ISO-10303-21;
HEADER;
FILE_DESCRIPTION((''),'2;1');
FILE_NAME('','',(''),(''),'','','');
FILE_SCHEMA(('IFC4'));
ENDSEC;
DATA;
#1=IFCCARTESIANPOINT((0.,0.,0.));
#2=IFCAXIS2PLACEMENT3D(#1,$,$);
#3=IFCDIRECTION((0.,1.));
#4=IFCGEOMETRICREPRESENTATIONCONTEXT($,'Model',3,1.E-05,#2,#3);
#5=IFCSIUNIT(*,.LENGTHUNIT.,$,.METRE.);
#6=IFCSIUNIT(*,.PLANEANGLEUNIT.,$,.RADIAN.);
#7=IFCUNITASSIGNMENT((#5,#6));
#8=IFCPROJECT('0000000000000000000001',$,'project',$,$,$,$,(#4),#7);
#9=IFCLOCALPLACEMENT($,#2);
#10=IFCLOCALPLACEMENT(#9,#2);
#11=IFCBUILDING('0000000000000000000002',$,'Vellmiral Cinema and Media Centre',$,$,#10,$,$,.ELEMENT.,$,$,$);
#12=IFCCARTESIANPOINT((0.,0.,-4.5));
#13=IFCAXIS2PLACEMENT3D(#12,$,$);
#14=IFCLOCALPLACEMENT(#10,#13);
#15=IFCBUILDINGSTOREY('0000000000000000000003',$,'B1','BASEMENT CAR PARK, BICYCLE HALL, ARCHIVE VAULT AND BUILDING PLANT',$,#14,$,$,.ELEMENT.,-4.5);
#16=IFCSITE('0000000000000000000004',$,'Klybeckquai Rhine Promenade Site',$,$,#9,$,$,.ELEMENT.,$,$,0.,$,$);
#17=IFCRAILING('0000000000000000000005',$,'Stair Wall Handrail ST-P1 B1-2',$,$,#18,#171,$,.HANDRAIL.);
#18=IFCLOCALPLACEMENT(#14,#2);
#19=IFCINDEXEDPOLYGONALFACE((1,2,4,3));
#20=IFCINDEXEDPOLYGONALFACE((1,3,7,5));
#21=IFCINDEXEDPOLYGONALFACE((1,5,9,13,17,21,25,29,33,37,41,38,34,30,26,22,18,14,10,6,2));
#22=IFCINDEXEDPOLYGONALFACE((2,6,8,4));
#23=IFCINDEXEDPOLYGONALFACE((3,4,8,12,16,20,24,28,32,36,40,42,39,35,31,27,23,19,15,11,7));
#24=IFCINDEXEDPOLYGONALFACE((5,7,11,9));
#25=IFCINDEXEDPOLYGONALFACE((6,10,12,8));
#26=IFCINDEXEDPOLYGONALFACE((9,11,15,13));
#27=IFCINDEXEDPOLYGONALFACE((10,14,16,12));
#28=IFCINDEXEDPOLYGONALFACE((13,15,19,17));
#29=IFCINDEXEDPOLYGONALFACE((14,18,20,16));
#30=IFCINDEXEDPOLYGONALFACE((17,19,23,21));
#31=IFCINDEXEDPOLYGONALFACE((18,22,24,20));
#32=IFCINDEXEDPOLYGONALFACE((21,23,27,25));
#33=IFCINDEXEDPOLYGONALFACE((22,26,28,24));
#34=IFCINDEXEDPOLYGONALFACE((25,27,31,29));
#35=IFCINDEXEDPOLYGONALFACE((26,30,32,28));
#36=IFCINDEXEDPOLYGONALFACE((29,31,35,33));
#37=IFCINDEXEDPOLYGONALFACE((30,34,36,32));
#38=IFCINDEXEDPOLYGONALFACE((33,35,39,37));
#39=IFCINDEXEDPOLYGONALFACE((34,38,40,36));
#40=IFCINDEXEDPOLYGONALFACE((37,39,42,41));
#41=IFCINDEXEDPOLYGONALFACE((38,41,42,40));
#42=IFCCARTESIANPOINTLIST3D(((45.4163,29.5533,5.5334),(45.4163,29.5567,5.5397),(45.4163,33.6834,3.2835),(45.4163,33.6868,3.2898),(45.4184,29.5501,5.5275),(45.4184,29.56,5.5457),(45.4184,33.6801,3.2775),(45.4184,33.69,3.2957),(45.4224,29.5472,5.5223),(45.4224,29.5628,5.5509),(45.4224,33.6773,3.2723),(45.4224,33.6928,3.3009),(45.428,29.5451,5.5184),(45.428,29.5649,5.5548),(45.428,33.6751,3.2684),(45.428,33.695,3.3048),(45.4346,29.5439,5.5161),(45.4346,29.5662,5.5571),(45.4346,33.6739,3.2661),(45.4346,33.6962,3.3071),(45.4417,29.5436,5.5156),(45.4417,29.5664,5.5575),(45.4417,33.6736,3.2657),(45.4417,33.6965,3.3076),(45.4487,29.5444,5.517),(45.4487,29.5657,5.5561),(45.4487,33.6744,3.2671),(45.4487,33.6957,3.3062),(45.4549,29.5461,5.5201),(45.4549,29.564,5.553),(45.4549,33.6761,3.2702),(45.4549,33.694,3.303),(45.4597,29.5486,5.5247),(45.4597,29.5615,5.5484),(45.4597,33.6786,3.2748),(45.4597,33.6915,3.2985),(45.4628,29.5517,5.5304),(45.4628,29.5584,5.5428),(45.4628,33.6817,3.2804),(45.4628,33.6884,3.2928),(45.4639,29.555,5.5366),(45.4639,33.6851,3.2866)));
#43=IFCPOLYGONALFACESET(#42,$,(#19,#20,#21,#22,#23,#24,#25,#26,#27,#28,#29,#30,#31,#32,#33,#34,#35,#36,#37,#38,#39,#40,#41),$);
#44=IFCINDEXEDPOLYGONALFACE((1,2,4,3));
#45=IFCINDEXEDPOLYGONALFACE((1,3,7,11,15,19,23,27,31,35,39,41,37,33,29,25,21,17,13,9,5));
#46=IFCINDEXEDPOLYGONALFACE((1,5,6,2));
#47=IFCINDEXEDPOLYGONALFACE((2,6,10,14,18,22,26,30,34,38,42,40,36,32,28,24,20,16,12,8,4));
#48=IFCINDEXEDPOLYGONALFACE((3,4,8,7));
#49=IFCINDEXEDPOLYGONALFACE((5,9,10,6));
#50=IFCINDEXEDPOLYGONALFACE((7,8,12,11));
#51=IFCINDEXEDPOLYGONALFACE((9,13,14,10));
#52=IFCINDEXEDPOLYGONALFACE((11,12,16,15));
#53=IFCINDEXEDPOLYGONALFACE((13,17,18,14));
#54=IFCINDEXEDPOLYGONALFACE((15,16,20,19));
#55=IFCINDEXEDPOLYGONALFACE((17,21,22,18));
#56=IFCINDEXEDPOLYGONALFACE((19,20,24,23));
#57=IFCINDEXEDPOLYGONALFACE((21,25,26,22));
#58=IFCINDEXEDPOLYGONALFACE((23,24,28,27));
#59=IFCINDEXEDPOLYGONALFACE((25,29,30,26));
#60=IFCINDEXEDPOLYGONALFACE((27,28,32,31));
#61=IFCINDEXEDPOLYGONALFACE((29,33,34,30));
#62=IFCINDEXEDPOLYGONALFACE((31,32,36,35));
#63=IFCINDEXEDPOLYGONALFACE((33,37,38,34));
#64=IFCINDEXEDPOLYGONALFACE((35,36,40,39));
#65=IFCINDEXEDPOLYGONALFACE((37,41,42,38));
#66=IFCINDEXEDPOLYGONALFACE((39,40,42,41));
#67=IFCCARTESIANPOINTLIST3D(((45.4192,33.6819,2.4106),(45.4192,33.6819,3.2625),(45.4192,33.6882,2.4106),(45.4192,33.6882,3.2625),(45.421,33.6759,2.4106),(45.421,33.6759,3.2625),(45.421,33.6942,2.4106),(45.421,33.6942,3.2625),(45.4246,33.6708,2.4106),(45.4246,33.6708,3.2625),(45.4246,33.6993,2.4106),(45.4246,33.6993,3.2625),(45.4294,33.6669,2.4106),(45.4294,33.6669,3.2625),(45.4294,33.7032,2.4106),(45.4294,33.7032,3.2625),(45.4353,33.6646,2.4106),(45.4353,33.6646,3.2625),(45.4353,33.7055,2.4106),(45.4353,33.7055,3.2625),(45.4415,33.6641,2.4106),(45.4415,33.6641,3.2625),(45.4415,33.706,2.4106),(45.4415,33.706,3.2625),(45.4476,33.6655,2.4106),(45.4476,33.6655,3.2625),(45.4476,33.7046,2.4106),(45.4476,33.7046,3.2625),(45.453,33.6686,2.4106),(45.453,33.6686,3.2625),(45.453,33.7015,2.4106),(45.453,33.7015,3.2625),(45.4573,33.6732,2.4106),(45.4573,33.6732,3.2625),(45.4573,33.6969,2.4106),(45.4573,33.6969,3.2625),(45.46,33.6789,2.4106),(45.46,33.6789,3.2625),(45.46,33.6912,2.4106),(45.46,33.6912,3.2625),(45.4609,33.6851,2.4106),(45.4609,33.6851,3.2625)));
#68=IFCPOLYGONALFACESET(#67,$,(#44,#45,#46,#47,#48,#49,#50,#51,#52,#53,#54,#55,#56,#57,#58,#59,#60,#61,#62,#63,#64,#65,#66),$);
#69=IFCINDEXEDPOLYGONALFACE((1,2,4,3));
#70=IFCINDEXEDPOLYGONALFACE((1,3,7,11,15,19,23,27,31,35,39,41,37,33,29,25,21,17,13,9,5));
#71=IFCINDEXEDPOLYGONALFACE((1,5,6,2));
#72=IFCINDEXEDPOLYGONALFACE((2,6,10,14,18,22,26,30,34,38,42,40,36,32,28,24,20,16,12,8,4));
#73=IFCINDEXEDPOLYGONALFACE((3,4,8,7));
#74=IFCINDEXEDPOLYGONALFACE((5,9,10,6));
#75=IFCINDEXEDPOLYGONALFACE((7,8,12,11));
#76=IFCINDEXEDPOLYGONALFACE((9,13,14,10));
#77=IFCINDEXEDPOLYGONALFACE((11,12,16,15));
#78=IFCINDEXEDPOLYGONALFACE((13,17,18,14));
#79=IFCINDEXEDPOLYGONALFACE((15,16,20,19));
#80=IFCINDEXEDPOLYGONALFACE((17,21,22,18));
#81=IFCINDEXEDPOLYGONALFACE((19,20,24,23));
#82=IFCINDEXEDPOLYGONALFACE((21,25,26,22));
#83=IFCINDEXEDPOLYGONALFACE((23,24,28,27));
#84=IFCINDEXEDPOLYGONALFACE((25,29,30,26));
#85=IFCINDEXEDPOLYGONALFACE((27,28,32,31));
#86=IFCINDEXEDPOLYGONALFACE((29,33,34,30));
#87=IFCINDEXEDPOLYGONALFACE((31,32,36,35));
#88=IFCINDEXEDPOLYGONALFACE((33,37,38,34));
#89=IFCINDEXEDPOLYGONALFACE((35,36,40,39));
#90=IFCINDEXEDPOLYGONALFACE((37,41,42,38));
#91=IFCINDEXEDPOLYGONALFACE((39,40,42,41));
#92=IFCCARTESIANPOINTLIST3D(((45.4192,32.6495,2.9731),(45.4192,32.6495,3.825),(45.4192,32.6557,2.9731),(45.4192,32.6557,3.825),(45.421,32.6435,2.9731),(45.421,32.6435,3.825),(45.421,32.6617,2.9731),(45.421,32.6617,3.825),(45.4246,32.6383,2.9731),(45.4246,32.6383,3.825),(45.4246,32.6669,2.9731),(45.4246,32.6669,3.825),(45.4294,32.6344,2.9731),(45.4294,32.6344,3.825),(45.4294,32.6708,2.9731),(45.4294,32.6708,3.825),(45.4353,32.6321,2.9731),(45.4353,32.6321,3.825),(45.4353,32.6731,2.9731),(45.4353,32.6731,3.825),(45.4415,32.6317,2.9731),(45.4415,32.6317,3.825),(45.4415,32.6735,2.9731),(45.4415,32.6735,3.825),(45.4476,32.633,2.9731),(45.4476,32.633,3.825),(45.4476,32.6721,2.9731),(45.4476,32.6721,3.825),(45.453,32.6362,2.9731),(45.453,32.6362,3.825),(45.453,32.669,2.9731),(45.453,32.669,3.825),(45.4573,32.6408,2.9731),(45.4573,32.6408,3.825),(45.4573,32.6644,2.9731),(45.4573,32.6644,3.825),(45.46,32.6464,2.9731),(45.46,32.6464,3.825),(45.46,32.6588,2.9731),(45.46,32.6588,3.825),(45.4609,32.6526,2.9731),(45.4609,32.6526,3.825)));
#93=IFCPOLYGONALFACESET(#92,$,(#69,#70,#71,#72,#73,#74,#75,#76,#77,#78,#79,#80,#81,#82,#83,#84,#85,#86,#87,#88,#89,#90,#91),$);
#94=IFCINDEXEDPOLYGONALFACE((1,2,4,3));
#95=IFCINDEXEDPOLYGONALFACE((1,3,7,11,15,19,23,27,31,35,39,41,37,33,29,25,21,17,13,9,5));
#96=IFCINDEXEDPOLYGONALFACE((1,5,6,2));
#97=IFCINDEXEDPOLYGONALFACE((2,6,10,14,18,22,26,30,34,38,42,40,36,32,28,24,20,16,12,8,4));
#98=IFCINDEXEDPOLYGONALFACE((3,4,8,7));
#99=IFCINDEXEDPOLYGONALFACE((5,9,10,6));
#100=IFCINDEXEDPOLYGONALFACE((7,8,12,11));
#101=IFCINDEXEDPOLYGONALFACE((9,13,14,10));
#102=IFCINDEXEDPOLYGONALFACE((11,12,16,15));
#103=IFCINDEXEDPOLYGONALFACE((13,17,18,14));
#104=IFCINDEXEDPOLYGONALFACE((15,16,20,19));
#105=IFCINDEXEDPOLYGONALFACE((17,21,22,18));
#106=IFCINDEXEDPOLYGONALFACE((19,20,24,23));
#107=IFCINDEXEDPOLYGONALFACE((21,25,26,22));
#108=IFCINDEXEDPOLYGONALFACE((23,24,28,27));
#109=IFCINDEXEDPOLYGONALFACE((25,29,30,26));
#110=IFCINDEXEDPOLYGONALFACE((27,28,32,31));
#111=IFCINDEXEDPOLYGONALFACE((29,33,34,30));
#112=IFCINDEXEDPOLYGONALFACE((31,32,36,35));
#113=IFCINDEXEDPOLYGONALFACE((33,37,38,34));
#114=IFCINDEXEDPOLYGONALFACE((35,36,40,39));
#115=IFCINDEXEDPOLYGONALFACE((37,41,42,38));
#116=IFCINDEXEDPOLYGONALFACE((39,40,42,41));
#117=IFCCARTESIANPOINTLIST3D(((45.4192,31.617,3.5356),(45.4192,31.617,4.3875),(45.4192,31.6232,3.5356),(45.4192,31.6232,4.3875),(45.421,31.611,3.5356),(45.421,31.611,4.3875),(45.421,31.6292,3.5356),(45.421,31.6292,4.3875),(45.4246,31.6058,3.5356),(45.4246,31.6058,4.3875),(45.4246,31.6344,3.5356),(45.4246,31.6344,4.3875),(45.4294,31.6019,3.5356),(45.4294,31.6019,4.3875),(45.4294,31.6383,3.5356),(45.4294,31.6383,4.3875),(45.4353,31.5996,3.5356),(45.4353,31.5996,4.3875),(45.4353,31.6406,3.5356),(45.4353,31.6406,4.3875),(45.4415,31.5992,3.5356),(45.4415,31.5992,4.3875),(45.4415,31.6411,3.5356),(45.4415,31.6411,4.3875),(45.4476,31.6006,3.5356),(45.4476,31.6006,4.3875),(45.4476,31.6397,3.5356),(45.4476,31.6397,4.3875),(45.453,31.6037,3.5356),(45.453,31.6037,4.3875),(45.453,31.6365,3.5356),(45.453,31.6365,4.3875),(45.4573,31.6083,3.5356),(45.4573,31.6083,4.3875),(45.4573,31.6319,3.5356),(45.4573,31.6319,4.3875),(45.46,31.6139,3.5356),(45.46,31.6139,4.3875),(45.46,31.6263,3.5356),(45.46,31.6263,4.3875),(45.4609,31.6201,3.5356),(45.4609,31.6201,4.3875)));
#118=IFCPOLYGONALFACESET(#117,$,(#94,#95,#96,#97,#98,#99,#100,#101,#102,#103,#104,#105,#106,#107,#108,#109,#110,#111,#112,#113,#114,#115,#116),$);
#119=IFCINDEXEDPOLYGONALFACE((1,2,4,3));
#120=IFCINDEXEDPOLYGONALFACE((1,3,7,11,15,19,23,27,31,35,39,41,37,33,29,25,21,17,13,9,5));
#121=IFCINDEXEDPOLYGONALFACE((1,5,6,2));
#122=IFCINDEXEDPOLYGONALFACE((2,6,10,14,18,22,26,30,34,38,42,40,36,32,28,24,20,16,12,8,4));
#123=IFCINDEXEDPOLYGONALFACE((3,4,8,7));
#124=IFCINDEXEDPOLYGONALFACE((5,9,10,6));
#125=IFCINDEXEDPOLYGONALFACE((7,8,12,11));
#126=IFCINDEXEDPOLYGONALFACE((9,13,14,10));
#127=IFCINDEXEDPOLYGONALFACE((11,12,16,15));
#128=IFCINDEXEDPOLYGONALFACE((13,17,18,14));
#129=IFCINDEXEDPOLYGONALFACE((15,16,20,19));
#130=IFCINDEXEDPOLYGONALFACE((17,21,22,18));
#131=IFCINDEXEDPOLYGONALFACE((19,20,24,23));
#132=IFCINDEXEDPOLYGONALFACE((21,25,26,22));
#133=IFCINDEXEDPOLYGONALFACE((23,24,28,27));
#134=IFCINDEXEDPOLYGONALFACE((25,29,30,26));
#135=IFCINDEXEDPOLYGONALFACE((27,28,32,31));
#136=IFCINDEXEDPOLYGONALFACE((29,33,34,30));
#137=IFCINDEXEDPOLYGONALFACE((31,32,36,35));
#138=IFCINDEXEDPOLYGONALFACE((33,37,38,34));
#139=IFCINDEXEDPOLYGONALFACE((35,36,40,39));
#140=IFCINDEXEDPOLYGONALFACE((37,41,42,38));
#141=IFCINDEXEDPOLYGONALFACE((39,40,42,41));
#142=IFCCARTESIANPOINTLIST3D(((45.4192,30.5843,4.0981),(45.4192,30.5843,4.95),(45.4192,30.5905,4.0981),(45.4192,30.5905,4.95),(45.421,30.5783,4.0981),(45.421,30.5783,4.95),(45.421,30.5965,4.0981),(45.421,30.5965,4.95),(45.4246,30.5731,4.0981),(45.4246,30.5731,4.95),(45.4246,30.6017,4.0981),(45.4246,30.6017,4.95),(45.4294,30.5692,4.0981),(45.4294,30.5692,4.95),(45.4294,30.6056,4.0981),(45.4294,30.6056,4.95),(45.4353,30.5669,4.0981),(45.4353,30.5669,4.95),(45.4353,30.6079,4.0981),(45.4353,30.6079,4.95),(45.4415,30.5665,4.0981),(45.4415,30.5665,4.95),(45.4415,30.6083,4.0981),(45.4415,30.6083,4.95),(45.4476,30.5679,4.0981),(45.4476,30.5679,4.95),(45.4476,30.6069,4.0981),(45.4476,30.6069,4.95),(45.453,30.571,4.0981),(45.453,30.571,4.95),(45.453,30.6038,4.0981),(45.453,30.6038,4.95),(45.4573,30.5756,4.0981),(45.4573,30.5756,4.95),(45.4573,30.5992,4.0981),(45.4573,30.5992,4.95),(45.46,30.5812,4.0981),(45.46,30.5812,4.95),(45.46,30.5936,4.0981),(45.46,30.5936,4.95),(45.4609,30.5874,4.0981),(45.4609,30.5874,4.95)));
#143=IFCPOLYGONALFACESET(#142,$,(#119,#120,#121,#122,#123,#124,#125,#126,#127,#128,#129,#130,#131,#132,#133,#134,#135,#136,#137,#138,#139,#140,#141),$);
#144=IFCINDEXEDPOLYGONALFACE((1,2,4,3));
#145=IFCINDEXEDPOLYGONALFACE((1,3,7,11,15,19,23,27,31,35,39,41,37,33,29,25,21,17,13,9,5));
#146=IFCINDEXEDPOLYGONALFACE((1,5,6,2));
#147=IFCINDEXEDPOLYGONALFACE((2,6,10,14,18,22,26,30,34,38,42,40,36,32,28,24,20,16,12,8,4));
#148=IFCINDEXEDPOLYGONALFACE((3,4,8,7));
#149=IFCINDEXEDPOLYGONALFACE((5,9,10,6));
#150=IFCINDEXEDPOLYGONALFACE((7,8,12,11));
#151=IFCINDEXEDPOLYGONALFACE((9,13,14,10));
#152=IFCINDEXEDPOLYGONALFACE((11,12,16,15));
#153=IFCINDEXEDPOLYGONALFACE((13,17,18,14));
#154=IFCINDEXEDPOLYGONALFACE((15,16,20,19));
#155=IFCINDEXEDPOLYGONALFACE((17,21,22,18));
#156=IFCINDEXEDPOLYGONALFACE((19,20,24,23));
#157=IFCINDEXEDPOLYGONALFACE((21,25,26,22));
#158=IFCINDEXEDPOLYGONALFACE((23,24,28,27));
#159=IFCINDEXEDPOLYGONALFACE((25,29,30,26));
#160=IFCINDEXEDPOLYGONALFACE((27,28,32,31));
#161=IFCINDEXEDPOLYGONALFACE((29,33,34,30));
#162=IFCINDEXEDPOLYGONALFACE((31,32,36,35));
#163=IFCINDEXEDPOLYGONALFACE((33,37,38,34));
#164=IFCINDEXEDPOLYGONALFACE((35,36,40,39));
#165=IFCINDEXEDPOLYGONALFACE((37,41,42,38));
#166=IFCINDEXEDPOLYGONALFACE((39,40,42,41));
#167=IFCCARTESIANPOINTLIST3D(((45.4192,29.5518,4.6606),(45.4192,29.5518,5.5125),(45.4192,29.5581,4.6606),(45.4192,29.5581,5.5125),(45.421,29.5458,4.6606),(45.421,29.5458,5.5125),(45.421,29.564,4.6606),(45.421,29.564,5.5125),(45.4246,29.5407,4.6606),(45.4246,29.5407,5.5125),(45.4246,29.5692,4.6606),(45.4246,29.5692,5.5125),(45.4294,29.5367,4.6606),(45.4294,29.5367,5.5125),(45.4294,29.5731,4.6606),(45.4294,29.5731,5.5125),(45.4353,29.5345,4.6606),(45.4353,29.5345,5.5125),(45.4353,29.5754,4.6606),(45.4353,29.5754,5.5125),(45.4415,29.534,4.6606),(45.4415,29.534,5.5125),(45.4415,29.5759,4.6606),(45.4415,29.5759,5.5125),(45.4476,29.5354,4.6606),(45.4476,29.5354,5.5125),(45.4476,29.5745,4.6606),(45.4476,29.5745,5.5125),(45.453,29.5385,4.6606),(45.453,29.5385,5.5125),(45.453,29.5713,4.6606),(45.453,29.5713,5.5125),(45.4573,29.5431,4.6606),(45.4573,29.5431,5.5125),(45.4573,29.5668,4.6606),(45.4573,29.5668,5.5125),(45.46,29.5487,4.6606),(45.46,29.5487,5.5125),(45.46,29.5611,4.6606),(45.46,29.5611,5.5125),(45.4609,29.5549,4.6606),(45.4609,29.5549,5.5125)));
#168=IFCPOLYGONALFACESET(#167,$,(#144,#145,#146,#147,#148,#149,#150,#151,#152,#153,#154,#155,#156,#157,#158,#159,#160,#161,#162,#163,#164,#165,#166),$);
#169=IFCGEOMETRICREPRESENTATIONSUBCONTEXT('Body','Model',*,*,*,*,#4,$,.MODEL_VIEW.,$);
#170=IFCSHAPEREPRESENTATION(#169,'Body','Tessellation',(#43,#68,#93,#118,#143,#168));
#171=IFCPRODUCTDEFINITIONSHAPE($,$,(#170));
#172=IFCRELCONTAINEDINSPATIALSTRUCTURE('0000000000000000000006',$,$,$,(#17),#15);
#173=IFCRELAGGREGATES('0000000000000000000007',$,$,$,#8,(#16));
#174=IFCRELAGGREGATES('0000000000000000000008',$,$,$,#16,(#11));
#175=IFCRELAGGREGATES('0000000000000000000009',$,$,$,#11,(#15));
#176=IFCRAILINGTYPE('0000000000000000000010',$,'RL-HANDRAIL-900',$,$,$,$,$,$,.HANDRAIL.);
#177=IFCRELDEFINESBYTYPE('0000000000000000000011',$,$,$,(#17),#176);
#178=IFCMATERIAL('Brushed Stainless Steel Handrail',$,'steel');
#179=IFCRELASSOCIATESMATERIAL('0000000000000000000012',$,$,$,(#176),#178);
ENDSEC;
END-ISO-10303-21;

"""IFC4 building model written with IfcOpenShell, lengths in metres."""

from ifc_helpers import new_model, si_unit, direction, frame, origin, origin_2d, place, context, subcontext, project, spatial, circle, extrude, material, type_object, element, save


model = new_model("IFC4")

# Units and contexts
model_context = context("Model", 3, precision=1e-05, world=origin(), true_north=direction((0.0, 1.0)))
body_context = subcontext(model_context, "Body", "Model", "MODEL_VIEW")
ifc_project = project(units=[si_unit("LENGTHUNIT", "METRE"), si_unit("PLANEANGLEUNIT", "RADIAN")], contexts=[model_context])

# Site, building, storey
site_placement = place(None, origin())
site = spatial("IfcSite", under=ifc_project, at=site_placement, Name="Klybeckquai Rhine Promenade Site", CompositionType="ELEMENT", RefElevation=0.0)
building_placement = place(site_placement, origin())
building = spatial("IfcBuilding", under=site, at=building_placement, Name="Vellmiral Cinema and Media Centre", CompositionType="ELEMENT")
storey_placement = place(building_placement, frame((0.0, 0.0, -4.5)))
storey = spatial("IfcBuildingStorey", under=building, at=storey_placement, Name="B1", Description="BASEMENT CAR PARK, BICYCLE HALL, ARCHIVE VAULT AND BUILDING PLANT", CompositionType="ELEMENT", Elevation=-4.5)

# Railing
ifc_material_1 = material(Name="Brushed Stainless Steel Handrail", Category="steel")
railing_type_1 = type_object("IfcRailingType", Name="RL-HANDRAIL-900", PredefinedType="HANDRAIL", material=ifc_material_1)
railing_1_placement = place(storey_placement, frame((45.4399, 33.6851, 2.4106)))
element("IfcRailing", 1, at=railing_1_placement, inside=storey, type_object=railing_type_1, Name="Stair Wall Handrail ST-P1 B1-2", PredefinedType="HANDRAIL", context=body_context, shape_type="SweptSolid", body=[
    extrude(circle(Radius=0.0239, at=origin_2d()), frame((0.0, 0.0, 0.876), z_axis=(0.0, -0.878145, 0.478394), x_axis=(1.0, 0.0, 0.0)), (0.0, 0.0, 1.0), 4.7031),
    extrude(circle(Radius=0.021, at=origin_2d()), origin(), (0.0, 0.0, 1.0), 0.8518),
    extrude(circle(Radius=0.021, at=origin_2d()), frame((0.0, -1.0325, 0.5625)), (0.0, 0.0, 1.0), 0.8518),
    extrude(circle(Radius=0.021, at=origin_2d()), frame((0.0, -2.0649, 1.125)), (0.0, 0.0, 1.0), 0.8518),
    extrude(circle(Radius=0.021, at=origin_2d()), frame((0.0, -3.0977, 1.6875)), (0.0, 0.0, 1.0), 0.8518),
    extrude(circle(Radius=0.021, at=origin_2d()), frame((0.0, -4.1301, 2.25)), (0.0, 0.0, 1.0), 0.8518),
])

save(model, "model.ifc")
